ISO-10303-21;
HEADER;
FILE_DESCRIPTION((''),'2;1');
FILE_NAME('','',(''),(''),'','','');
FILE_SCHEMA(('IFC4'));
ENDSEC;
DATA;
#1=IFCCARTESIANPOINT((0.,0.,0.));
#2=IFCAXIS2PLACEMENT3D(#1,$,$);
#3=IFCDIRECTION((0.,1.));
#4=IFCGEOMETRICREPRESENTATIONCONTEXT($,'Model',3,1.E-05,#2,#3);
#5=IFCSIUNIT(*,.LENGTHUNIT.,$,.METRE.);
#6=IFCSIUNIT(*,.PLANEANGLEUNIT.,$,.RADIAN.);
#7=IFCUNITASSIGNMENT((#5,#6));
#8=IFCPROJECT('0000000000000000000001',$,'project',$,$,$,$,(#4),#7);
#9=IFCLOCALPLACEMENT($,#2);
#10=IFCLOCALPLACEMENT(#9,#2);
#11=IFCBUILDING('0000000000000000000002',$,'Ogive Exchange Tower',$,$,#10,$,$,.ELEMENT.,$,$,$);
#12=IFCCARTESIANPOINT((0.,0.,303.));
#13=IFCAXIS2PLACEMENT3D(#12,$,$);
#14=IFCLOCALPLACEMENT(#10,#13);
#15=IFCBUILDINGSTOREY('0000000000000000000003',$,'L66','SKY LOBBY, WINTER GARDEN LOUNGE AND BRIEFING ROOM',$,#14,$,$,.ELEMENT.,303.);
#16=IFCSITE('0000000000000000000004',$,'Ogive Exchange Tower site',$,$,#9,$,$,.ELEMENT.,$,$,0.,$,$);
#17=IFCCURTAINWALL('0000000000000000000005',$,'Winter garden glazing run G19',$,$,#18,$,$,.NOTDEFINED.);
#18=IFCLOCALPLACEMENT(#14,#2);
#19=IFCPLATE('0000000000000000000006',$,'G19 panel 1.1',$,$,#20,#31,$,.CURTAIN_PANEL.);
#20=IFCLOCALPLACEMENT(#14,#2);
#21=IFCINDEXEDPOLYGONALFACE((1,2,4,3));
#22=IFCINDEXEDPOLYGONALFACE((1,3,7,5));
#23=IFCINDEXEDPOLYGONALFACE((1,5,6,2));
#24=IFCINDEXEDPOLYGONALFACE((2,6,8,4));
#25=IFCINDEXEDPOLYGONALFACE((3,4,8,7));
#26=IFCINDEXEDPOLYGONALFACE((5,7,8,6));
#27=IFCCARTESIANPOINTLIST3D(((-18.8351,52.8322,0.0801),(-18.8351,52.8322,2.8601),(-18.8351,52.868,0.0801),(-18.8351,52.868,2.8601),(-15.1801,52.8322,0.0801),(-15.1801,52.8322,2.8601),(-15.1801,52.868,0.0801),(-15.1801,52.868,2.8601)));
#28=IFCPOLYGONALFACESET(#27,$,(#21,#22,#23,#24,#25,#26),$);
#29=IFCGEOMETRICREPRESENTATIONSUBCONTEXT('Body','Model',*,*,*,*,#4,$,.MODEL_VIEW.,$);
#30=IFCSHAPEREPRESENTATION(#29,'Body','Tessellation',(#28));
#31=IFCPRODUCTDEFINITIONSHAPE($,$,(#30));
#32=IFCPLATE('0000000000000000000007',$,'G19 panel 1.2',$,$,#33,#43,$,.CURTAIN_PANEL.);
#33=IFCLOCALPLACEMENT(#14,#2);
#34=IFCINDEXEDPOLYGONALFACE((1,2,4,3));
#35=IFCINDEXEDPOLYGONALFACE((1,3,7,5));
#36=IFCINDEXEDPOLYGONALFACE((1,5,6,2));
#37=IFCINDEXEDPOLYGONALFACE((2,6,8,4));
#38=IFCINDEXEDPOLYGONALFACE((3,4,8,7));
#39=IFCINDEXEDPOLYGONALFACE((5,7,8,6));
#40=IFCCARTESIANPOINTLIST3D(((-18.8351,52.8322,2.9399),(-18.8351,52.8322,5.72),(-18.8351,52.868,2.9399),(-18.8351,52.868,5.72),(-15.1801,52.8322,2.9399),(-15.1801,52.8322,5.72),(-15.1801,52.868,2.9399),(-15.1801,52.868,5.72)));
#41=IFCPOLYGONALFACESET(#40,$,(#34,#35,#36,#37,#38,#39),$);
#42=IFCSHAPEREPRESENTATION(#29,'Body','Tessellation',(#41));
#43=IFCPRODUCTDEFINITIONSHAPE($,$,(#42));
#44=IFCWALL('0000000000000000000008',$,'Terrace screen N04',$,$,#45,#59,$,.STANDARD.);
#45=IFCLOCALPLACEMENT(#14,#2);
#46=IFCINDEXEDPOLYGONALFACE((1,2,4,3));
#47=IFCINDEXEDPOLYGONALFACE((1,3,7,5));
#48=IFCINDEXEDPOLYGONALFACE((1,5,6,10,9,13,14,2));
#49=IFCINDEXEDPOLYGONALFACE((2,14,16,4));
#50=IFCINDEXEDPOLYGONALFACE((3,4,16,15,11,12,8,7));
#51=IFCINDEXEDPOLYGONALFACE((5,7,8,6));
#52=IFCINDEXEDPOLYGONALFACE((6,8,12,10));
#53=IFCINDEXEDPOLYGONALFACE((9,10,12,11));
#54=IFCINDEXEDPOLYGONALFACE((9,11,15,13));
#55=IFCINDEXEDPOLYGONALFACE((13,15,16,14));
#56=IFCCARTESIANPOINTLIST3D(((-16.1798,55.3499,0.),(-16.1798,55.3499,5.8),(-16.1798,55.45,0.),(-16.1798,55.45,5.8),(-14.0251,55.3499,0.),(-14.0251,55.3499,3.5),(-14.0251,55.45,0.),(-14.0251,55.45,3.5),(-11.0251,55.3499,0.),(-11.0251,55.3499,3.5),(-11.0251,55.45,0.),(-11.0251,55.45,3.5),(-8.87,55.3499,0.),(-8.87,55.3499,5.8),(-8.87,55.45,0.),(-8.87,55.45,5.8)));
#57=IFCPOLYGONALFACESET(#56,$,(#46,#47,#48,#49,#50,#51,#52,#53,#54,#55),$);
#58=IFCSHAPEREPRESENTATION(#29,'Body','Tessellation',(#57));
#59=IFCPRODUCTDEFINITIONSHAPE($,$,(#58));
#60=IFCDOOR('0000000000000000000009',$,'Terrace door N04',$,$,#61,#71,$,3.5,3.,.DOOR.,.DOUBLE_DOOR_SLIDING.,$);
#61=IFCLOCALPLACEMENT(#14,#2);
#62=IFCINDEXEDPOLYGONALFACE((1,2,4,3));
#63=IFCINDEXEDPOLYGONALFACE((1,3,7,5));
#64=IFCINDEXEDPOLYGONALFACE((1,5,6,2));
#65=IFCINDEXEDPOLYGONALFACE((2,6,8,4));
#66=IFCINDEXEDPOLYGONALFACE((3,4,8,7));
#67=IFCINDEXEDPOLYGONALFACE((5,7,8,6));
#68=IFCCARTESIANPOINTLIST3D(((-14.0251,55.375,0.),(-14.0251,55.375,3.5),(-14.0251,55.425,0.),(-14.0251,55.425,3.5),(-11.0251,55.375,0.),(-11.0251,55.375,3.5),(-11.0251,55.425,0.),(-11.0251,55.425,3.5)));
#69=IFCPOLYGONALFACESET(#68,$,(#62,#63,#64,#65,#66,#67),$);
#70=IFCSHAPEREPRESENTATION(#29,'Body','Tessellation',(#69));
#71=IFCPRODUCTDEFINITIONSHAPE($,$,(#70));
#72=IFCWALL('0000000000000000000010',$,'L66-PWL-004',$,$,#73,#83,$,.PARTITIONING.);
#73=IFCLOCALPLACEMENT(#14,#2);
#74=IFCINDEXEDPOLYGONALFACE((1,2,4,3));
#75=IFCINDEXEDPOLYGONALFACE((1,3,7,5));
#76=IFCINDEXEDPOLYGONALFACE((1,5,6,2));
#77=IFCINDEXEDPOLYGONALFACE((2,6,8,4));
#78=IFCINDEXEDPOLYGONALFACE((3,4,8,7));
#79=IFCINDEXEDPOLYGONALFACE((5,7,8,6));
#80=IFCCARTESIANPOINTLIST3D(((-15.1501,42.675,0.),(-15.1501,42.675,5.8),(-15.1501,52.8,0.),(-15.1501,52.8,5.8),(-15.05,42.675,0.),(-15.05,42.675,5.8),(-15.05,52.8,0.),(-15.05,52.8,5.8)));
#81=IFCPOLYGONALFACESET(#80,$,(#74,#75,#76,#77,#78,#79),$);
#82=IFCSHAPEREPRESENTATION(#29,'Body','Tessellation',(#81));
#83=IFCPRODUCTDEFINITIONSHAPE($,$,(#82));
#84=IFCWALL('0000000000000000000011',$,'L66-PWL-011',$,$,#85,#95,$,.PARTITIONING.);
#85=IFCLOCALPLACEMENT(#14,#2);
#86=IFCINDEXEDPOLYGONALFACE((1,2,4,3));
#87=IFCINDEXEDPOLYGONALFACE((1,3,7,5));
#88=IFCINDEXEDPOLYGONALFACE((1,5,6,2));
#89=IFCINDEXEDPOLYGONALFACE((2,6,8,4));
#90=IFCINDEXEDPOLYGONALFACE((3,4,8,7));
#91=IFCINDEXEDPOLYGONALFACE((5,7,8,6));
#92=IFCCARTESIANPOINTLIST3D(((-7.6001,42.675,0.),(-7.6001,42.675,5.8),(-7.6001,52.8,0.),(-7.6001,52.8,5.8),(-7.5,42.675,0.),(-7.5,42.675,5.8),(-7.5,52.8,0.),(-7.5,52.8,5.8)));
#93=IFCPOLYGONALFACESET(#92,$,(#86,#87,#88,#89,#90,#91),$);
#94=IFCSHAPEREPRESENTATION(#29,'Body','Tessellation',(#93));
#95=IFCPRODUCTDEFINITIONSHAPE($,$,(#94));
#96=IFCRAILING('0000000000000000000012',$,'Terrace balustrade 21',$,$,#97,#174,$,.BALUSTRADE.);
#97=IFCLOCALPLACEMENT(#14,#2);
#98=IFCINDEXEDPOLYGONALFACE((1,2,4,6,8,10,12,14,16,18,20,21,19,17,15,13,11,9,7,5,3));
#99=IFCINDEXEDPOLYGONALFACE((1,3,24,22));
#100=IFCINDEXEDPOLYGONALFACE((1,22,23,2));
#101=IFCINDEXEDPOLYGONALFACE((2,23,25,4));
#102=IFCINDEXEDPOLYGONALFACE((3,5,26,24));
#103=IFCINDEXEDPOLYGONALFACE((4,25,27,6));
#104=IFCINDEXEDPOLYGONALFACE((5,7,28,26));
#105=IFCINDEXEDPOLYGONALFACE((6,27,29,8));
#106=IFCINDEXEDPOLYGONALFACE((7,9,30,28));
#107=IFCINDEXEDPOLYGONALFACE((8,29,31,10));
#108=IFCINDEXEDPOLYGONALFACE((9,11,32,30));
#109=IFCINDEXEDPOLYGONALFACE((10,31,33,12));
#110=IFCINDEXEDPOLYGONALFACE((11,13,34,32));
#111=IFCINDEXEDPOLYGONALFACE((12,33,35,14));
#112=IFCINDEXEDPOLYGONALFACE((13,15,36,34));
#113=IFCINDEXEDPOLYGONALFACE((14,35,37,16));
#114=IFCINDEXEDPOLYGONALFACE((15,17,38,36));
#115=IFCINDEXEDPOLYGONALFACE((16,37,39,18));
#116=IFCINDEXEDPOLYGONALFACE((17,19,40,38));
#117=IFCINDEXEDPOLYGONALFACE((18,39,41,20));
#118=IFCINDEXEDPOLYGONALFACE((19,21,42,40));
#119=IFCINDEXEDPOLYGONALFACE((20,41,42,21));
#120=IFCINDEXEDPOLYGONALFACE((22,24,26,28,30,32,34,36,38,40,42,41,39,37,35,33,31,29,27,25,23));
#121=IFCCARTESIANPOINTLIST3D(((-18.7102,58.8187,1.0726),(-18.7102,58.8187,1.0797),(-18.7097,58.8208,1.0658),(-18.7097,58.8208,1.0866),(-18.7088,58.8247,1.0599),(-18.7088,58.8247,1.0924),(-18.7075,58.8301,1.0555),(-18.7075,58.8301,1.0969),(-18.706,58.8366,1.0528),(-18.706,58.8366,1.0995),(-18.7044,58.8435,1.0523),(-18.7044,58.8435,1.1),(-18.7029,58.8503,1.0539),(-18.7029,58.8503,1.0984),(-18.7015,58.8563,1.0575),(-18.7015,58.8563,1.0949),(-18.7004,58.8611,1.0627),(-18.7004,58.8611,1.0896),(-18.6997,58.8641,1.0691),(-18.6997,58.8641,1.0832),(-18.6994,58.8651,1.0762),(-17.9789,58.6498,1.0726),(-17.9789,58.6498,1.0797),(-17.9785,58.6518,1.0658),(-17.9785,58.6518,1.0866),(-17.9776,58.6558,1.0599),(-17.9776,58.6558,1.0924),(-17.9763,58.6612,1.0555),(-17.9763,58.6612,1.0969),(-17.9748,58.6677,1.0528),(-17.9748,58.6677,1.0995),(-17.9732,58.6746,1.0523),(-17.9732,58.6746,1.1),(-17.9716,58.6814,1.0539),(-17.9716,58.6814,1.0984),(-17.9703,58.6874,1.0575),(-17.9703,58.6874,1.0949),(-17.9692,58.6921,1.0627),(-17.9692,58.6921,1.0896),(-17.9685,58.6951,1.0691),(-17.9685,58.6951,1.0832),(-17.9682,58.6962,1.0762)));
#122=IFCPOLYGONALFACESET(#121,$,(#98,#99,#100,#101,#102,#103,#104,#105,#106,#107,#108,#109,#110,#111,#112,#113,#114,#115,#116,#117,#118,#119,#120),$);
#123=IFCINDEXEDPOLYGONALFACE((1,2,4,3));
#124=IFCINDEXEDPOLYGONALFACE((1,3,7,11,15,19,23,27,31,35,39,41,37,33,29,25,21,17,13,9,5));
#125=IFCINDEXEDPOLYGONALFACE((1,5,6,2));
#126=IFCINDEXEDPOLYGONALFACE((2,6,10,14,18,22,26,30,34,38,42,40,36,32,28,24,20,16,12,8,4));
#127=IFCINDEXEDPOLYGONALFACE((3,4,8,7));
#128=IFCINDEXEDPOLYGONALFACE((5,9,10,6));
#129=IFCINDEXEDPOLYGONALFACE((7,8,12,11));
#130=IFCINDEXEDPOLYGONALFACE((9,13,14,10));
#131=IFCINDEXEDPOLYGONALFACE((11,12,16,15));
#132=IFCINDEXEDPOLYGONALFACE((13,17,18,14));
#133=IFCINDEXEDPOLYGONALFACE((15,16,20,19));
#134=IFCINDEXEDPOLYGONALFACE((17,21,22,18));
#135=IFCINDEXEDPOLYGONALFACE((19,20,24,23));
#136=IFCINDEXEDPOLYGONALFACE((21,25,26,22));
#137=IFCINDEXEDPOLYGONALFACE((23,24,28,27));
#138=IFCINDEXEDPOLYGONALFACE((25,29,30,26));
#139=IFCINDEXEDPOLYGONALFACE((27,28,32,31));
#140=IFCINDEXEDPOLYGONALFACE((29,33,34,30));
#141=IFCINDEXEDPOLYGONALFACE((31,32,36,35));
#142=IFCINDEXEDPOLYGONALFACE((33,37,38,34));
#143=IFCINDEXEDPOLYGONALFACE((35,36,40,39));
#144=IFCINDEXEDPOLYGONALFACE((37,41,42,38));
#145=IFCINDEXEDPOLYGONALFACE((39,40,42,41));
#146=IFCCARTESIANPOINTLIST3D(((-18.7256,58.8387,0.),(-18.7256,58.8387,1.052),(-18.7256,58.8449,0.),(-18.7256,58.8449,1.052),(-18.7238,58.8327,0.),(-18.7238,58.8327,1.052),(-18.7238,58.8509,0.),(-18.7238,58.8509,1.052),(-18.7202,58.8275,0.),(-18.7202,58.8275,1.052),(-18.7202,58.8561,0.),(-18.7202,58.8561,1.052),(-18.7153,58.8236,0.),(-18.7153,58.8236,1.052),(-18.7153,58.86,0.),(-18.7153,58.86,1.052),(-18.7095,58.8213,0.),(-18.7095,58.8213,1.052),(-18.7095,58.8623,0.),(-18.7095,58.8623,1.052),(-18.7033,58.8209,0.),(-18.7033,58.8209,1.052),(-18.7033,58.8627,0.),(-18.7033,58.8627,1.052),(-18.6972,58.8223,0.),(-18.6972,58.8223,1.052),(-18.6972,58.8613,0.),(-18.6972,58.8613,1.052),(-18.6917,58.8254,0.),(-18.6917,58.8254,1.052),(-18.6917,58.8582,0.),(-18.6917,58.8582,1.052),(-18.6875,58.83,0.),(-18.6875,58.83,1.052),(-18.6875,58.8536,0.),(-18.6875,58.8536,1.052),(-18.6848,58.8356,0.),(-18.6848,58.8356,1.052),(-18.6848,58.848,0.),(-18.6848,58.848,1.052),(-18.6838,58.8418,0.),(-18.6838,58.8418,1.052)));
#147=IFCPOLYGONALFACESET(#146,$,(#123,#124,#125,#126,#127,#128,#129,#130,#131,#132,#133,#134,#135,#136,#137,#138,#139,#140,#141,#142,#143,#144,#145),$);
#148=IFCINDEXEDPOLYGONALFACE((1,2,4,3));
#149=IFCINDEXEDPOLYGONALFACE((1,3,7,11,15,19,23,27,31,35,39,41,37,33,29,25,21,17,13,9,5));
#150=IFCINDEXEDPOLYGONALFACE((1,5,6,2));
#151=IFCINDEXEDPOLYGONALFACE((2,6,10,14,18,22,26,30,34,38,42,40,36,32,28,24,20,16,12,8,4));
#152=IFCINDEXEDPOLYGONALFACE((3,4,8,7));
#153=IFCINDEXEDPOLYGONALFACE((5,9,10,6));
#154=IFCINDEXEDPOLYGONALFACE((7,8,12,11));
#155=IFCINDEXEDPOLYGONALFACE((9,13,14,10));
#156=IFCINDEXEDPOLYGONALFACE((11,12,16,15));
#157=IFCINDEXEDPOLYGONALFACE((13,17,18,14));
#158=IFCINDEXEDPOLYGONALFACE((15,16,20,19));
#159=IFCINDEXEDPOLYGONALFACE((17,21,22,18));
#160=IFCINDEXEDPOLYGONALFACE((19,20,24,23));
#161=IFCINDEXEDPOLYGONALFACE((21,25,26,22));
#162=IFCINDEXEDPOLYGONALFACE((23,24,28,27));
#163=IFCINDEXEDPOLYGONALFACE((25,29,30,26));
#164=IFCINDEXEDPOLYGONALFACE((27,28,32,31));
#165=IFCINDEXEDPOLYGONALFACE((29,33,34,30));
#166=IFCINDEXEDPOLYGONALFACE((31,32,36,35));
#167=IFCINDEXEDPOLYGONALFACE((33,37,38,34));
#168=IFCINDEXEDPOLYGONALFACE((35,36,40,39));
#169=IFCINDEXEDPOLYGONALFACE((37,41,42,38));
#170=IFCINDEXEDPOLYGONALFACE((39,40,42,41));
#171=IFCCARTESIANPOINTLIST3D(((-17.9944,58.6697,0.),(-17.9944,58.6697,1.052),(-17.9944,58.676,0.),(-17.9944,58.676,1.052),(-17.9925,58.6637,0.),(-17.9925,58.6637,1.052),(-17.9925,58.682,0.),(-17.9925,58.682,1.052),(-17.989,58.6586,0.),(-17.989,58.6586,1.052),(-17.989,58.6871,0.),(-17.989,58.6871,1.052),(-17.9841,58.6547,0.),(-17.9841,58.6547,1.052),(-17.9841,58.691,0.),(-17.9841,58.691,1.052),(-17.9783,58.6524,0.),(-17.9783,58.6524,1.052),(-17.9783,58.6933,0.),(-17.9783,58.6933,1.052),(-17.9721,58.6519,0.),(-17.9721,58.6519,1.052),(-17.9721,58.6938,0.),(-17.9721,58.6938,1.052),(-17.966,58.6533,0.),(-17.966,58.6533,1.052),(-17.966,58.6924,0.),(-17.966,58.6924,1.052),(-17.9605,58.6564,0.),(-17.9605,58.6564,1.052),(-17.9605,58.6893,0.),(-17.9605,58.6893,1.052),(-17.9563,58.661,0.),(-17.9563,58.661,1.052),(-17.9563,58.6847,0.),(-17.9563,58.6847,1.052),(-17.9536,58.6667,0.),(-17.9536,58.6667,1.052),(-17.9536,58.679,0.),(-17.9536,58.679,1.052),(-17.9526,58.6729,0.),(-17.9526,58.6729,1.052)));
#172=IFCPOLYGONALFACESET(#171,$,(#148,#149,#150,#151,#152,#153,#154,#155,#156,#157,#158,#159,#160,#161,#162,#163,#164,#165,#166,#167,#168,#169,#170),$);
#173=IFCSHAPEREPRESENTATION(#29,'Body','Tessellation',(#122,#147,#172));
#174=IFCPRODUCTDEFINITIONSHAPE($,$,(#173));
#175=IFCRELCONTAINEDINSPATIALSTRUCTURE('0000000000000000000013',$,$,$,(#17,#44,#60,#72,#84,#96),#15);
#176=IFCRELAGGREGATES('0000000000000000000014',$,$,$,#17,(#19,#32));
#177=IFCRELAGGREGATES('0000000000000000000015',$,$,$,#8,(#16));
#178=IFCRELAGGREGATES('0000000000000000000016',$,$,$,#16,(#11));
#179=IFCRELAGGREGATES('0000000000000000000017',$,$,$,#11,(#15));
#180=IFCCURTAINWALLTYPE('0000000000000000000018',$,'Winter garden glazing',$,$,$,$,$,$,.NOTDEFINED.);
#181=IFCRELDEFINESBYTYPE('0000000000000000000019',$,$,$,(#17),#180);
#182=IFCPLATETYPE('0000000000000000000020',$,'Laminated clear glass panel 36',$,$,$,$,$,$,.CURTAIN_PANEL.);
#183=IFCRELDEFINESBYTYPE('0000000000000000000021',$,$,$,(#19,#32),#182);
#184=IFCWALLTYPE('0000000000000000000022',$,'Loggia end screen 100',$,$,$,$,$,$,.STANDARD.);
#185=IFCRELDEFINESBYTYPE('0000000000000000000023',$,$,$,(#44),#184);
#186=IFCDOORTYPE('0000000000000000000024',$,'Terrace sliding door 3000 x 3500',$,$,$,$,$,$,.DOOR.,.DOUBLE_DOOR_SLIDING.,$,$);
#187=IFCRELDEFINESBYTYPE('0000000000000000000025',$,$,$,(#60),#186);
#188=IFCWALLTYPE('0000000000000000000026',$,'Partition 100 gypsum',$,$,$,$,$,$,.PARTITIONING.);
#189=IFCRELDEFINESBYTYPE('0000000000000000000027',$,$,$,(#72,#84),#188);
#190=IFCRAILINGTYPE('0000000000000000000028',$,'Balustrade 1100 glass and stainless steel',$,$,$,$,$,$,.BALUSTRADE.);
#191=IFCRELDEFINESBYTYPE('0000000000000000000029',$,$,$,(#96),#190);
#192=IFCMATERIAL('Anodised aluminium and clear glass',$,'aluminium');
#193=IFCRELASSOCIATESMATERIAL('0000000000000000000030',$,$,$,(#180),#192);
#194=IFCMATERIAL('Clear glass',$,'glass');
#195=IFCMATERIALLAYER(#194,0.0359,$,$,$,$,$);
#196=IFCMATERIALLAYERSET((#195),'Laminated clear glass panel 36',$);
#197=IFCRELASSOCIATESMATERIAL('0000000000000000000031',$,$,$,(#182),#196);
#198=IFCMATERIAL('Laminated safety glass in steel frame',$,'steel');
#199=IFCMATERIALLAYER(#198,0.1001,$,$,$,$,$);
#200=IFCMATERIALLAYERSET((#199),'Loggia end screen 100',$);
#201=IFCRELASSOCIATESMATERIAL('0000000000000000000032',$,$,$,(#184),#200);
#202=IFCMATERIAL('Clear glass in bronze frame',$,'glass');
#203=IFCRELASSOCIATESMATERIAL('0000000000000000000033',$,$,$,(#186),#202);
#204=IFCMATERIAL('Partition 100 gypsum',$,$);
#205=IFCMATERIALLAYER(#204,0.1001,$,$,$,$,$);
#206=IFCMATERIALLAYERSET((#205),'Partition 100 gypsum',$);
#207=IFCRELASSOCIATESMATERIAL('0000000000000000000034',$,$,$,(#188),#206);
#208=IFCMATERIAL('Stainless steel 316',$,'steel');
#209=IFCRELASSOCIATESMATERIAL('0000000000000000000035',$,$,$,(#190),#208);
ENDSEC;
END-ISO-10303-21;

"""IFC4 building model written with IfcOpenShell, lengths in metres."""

from ifc_helpers import new_model, si_unit, direction, frame, frame_2d, origin, origin_2d, place, context, subcontext, project, spatial, rectangle, circle, extrude, material, layer, layer_set, type_object, element, fill, aggregate, save


model = new_model("IFC4")

# Units and contexts
model_context = context("Model", 3, precision=1e-05, world=origin(), true_north=direction((0.0, 1.0)))
body_context = subcontext(model_context, "Body", "Model", "MODEL_VIEW")
ifc_project = project(units=[si_unit("LENGTHUNIT", "METRE"), si_unit("PLANEANGLEUNIT", "RADIAN")], contexts=[model_context])

# Site, building, storey
site_placement = place(None, origin())
site = spatial("IfcSite", under=ifc_project, at=site_placement, Name="Ogive Exchange Tower site", CompositionType="ELEMENT", RefElevation=0.0)
building_placement = place(site_placement, origin())
building = spatial("IfcBuilding", under=site, at=building_placement, Name="Ogive Exchange Tower", CompositionType="ELEMENT")
storey_placement = place(building_placement, frame((0.0, 0.0, 303.0)))
storey = spatial("IfcBuildingStorey", under=building, at=storey_placement, Name="L66", Description="SKY LOBBY, WINTER GARDEN LOUNGE AND BRIEFING ROOM", CompositionType="ELEMENT", Elevation=303.0)

# Shared definitions
ifc_material_1 = material(Name="Anodised aluminium and clear glass", Category="aluminium")
curtain_wall_type = type_object("IfcCurtainWallType", Name="Winter garden glazing", PredefinedType="NOTDEFINED", material=ifc_material_1)

# Curtain wall
curtain_wall_1_placement = place(storey_placement, origin())
curtain_wall_1 = element("IfcCurtainWall", 1, at=curtain_wall_1_placement, inside=storey, type_object=curtain_wall_type, Name="Winter garden glazing run G19", PredefinedType="NOTDEFINED")

# Plates
ifc_material_2 = material(Name="Clear glass", Category="glass")
ifc_layer_1 = layer(ifc_material_2, 0.0359)
ifc_layer_set_1 = layer_set([ifc_layer_1], Name="Laminated clear glass panel 36")
plate_type = type_object("IfcPlateType", Name="Laminated clear glass panel 36", PredefinedType="CURTAIN_PANEL", material=ifc_layer_set_1)
plate_1_placement = place(storey_placement, frame((-17.0076, 52.8501, 0.0801), z_axis=(0.0, 0.0, 1.0), x_axis=(-1.0, 0.0, 0.0)))
plate_1 = element("IfcPlate", 2, at=plate_1_placement, type_object=plate_type, Name="G19 panel 1.1", PredefinedType="CURTAIN_PANEL", context=body_context, shape_type="SweptSolid", body=[
    extrude(rectangle(XDim=3.655, YDim=0.0359, at=origin_2d()), origin(), (0.0, 0.0, 1.0), 2.78),
])
plate_2_placement = place(storey_placement, frame((-17.0076, 52.8501, 2.9399), z_axis=(0.0, 0.0, 1.0), x_axis=(-1.0, 0.0, 0.0)))
plate_2 = element("IfcPlate", 3, at=plate_2_placement, type_object=plate_type, Name="G19 panel 1.2", PredefinedType="CURTAIN_PANEL", context=body_context, shape_type="SweptSolid", body=[
    extrude(rectangle(XDim=3.655, YDim=0.0359, at=origin_2d()), origin(), (0.0, 0.0, 1.0), 2.78),
])
aggregate(curtain_wall_1, [plate_1, plate_2])

# Wall, opening, door
ifc_material_3 = material(Name="Laminated safety glass in steel frame", Category="steel")
ifc_layer_2 = layer(ifc_material_3, 0.1001)
ifc_layer_set_2 = layer_set([ifc_layer_2], Name="Loggia end screen 100")
wall_type_1 = type_object("IfcWallType", Name="Loggia end screen 100", PredefinedType="STANDARD", material=ifc_layer_set_2)
wall_placement = place(storey_placement, frame((-8.8701, 55.3999, 0.0), z_axis=(0.0, 0.0, 1.0), x_axis=(-1.0, 0.0, 0.0)))
wall = element("IfcWall", 4, at=wall_placement, inside=storey, type_object=wall_type_1, Name="Terrace screen N04", PredefinedType="STANDARD", context=body_context, shape_type="SweptSolid", body=[
    extrude(rectangle(XDim=7.3098, YDim=0.1001, at=frame_2d((3.6548, 0.0))), origin(), (0.0, 0.0, 1.0), 5.8),
])
opening_placement = place(wall_placement, frame((2.155, 0.0, 0.0)))
opening = element("IfcOpeningElement", 5, at=opening_placement, cuts=wall, PredefinedType="OPENING", context=body_context, shape_type="SweptSolid", body=[
    extrude(rectangle(XDim=3.0, YDim=3.5, at=frame_2d((1.5, 1.75))), frame((0.0, 0.0601, 0.0), z_axis=(0.0, -1.0, 0.0), x_axis=(1.0, 0.0, 0.0)), (0.0, 0.0, 1.0), 0.1201),
])
ifc_material_4 = material(Name="Clear glass in bronze frame", Category="glass")
door_type = type_object("IfcDoorType", Name="Terrace sliding door 3000 x 3500", OperationType="DOUBLE_DOOR_SLIDING", PredefinedType="DOOR", material=ifc_material_4)
door_placement = place(opening_placement, origin())
door = element("IfcDoor", 6, at=door_placement, inside=storey, type_object=door_type, Name="Terrace door N04", OperationType="DOUBLE_DOOR_SLIDING", OverallHeight=3.5, OverallWidth=3.0, PredefinedType="DOOR", context=body_context, shape_type="SweptSolid", body=[
    extrude(rectangle(XDim=3.0, YDim=3.5, at=frame_2d((1.5, 1.75))), frame((0.0, 0.0249, 0.0), z_axis=(0.0, -1.0, 0.0), x_axis=(1.0, 0.0, 0.0)), (0.0, 0.0, 1.0), 0.05),
])
fill(opening, door)

# Walls
ifc_material_5 = material(Name="Partition 100 gypsum")
ifc_layer_3 = layer(ifc_material_5, 0.1001)
ifc_layer_set_3 = layer_set([ifc_layer_3], Name="Partition 100 gypsum")
wall_type_2 = type_object("IfcWallType", Name="Partition 100 gypsum", PredefinedType="PARTITIONING", material=ifc_layer_set_3)
for number, where, z_axis, x_axis, name in (
    (7, (-15.1001, 42.675, 0.0), (0.0, 0.0, 1.0), (0.0, 1.0, 0.0), "L66-PWL-004"),
    (8, (-7.55, 42.675, 0.0), (0.0, 0.0, 1.0), (0.0, 1.0, 0.0), "L66-PWL-011"),
):
    element("IfcWall", number, at=place(storey_placement, frame(where, z_axis=z_axis, x_axis=x_axis)), inside=storey, type_object=wall_type_2, Name=name, PredefinedType="PARTITIONING", context=body_context, shape_type="SweptSolid", body=[
        extrude(rectangle(XDim=10.125, YDim=0.1001, at=frame_2d((5.0625, 0.0))), origin(), (0.0, 0.0, 1.0), 5.8),
    ])

# Railing
ifc_material_6 = material(Name="Stainless steel 316", Category="steel")
railing_type = type_object("IfcRailingType", Name="Balustrade 1100 glass and stainless steel", PredefinedType="BALUSTRADE", material=ifc_material_6)
railing_1_placement = place(storey_placement, frame((-18.7048, 58.8418, 0.0)))
element("IfcRailing", 9, at=railing_1_placement, inside=storey, type_object=railing_type, Name="Terrace balustrade 21", PredefinedType="BALUSTRADE", context=body_context, shape_type="SweptSolid", body=[
    extrude(circle(Radius=0.0239, at=origin_2d()), frame((0.0, 0.0, 1.0762), z_axis=(0.974331, -0.225121, 0.0), x_axis=(0.225121, 0.974331, 0.0)), (0.0, 0.0, 1.0), 0.7505),
    extrude(circle(Radius=0.021, at=origin_2d()), origin(), (0.0, 0.0, 1.0), 1.052),
    extrude(circle(Radius=0.021, at=origin_2d()), frame((0.7312, -0.1689, 0.0)), (0.0, 0.0, 1.0), 1.052),
])

save(model, "model.ifc")
